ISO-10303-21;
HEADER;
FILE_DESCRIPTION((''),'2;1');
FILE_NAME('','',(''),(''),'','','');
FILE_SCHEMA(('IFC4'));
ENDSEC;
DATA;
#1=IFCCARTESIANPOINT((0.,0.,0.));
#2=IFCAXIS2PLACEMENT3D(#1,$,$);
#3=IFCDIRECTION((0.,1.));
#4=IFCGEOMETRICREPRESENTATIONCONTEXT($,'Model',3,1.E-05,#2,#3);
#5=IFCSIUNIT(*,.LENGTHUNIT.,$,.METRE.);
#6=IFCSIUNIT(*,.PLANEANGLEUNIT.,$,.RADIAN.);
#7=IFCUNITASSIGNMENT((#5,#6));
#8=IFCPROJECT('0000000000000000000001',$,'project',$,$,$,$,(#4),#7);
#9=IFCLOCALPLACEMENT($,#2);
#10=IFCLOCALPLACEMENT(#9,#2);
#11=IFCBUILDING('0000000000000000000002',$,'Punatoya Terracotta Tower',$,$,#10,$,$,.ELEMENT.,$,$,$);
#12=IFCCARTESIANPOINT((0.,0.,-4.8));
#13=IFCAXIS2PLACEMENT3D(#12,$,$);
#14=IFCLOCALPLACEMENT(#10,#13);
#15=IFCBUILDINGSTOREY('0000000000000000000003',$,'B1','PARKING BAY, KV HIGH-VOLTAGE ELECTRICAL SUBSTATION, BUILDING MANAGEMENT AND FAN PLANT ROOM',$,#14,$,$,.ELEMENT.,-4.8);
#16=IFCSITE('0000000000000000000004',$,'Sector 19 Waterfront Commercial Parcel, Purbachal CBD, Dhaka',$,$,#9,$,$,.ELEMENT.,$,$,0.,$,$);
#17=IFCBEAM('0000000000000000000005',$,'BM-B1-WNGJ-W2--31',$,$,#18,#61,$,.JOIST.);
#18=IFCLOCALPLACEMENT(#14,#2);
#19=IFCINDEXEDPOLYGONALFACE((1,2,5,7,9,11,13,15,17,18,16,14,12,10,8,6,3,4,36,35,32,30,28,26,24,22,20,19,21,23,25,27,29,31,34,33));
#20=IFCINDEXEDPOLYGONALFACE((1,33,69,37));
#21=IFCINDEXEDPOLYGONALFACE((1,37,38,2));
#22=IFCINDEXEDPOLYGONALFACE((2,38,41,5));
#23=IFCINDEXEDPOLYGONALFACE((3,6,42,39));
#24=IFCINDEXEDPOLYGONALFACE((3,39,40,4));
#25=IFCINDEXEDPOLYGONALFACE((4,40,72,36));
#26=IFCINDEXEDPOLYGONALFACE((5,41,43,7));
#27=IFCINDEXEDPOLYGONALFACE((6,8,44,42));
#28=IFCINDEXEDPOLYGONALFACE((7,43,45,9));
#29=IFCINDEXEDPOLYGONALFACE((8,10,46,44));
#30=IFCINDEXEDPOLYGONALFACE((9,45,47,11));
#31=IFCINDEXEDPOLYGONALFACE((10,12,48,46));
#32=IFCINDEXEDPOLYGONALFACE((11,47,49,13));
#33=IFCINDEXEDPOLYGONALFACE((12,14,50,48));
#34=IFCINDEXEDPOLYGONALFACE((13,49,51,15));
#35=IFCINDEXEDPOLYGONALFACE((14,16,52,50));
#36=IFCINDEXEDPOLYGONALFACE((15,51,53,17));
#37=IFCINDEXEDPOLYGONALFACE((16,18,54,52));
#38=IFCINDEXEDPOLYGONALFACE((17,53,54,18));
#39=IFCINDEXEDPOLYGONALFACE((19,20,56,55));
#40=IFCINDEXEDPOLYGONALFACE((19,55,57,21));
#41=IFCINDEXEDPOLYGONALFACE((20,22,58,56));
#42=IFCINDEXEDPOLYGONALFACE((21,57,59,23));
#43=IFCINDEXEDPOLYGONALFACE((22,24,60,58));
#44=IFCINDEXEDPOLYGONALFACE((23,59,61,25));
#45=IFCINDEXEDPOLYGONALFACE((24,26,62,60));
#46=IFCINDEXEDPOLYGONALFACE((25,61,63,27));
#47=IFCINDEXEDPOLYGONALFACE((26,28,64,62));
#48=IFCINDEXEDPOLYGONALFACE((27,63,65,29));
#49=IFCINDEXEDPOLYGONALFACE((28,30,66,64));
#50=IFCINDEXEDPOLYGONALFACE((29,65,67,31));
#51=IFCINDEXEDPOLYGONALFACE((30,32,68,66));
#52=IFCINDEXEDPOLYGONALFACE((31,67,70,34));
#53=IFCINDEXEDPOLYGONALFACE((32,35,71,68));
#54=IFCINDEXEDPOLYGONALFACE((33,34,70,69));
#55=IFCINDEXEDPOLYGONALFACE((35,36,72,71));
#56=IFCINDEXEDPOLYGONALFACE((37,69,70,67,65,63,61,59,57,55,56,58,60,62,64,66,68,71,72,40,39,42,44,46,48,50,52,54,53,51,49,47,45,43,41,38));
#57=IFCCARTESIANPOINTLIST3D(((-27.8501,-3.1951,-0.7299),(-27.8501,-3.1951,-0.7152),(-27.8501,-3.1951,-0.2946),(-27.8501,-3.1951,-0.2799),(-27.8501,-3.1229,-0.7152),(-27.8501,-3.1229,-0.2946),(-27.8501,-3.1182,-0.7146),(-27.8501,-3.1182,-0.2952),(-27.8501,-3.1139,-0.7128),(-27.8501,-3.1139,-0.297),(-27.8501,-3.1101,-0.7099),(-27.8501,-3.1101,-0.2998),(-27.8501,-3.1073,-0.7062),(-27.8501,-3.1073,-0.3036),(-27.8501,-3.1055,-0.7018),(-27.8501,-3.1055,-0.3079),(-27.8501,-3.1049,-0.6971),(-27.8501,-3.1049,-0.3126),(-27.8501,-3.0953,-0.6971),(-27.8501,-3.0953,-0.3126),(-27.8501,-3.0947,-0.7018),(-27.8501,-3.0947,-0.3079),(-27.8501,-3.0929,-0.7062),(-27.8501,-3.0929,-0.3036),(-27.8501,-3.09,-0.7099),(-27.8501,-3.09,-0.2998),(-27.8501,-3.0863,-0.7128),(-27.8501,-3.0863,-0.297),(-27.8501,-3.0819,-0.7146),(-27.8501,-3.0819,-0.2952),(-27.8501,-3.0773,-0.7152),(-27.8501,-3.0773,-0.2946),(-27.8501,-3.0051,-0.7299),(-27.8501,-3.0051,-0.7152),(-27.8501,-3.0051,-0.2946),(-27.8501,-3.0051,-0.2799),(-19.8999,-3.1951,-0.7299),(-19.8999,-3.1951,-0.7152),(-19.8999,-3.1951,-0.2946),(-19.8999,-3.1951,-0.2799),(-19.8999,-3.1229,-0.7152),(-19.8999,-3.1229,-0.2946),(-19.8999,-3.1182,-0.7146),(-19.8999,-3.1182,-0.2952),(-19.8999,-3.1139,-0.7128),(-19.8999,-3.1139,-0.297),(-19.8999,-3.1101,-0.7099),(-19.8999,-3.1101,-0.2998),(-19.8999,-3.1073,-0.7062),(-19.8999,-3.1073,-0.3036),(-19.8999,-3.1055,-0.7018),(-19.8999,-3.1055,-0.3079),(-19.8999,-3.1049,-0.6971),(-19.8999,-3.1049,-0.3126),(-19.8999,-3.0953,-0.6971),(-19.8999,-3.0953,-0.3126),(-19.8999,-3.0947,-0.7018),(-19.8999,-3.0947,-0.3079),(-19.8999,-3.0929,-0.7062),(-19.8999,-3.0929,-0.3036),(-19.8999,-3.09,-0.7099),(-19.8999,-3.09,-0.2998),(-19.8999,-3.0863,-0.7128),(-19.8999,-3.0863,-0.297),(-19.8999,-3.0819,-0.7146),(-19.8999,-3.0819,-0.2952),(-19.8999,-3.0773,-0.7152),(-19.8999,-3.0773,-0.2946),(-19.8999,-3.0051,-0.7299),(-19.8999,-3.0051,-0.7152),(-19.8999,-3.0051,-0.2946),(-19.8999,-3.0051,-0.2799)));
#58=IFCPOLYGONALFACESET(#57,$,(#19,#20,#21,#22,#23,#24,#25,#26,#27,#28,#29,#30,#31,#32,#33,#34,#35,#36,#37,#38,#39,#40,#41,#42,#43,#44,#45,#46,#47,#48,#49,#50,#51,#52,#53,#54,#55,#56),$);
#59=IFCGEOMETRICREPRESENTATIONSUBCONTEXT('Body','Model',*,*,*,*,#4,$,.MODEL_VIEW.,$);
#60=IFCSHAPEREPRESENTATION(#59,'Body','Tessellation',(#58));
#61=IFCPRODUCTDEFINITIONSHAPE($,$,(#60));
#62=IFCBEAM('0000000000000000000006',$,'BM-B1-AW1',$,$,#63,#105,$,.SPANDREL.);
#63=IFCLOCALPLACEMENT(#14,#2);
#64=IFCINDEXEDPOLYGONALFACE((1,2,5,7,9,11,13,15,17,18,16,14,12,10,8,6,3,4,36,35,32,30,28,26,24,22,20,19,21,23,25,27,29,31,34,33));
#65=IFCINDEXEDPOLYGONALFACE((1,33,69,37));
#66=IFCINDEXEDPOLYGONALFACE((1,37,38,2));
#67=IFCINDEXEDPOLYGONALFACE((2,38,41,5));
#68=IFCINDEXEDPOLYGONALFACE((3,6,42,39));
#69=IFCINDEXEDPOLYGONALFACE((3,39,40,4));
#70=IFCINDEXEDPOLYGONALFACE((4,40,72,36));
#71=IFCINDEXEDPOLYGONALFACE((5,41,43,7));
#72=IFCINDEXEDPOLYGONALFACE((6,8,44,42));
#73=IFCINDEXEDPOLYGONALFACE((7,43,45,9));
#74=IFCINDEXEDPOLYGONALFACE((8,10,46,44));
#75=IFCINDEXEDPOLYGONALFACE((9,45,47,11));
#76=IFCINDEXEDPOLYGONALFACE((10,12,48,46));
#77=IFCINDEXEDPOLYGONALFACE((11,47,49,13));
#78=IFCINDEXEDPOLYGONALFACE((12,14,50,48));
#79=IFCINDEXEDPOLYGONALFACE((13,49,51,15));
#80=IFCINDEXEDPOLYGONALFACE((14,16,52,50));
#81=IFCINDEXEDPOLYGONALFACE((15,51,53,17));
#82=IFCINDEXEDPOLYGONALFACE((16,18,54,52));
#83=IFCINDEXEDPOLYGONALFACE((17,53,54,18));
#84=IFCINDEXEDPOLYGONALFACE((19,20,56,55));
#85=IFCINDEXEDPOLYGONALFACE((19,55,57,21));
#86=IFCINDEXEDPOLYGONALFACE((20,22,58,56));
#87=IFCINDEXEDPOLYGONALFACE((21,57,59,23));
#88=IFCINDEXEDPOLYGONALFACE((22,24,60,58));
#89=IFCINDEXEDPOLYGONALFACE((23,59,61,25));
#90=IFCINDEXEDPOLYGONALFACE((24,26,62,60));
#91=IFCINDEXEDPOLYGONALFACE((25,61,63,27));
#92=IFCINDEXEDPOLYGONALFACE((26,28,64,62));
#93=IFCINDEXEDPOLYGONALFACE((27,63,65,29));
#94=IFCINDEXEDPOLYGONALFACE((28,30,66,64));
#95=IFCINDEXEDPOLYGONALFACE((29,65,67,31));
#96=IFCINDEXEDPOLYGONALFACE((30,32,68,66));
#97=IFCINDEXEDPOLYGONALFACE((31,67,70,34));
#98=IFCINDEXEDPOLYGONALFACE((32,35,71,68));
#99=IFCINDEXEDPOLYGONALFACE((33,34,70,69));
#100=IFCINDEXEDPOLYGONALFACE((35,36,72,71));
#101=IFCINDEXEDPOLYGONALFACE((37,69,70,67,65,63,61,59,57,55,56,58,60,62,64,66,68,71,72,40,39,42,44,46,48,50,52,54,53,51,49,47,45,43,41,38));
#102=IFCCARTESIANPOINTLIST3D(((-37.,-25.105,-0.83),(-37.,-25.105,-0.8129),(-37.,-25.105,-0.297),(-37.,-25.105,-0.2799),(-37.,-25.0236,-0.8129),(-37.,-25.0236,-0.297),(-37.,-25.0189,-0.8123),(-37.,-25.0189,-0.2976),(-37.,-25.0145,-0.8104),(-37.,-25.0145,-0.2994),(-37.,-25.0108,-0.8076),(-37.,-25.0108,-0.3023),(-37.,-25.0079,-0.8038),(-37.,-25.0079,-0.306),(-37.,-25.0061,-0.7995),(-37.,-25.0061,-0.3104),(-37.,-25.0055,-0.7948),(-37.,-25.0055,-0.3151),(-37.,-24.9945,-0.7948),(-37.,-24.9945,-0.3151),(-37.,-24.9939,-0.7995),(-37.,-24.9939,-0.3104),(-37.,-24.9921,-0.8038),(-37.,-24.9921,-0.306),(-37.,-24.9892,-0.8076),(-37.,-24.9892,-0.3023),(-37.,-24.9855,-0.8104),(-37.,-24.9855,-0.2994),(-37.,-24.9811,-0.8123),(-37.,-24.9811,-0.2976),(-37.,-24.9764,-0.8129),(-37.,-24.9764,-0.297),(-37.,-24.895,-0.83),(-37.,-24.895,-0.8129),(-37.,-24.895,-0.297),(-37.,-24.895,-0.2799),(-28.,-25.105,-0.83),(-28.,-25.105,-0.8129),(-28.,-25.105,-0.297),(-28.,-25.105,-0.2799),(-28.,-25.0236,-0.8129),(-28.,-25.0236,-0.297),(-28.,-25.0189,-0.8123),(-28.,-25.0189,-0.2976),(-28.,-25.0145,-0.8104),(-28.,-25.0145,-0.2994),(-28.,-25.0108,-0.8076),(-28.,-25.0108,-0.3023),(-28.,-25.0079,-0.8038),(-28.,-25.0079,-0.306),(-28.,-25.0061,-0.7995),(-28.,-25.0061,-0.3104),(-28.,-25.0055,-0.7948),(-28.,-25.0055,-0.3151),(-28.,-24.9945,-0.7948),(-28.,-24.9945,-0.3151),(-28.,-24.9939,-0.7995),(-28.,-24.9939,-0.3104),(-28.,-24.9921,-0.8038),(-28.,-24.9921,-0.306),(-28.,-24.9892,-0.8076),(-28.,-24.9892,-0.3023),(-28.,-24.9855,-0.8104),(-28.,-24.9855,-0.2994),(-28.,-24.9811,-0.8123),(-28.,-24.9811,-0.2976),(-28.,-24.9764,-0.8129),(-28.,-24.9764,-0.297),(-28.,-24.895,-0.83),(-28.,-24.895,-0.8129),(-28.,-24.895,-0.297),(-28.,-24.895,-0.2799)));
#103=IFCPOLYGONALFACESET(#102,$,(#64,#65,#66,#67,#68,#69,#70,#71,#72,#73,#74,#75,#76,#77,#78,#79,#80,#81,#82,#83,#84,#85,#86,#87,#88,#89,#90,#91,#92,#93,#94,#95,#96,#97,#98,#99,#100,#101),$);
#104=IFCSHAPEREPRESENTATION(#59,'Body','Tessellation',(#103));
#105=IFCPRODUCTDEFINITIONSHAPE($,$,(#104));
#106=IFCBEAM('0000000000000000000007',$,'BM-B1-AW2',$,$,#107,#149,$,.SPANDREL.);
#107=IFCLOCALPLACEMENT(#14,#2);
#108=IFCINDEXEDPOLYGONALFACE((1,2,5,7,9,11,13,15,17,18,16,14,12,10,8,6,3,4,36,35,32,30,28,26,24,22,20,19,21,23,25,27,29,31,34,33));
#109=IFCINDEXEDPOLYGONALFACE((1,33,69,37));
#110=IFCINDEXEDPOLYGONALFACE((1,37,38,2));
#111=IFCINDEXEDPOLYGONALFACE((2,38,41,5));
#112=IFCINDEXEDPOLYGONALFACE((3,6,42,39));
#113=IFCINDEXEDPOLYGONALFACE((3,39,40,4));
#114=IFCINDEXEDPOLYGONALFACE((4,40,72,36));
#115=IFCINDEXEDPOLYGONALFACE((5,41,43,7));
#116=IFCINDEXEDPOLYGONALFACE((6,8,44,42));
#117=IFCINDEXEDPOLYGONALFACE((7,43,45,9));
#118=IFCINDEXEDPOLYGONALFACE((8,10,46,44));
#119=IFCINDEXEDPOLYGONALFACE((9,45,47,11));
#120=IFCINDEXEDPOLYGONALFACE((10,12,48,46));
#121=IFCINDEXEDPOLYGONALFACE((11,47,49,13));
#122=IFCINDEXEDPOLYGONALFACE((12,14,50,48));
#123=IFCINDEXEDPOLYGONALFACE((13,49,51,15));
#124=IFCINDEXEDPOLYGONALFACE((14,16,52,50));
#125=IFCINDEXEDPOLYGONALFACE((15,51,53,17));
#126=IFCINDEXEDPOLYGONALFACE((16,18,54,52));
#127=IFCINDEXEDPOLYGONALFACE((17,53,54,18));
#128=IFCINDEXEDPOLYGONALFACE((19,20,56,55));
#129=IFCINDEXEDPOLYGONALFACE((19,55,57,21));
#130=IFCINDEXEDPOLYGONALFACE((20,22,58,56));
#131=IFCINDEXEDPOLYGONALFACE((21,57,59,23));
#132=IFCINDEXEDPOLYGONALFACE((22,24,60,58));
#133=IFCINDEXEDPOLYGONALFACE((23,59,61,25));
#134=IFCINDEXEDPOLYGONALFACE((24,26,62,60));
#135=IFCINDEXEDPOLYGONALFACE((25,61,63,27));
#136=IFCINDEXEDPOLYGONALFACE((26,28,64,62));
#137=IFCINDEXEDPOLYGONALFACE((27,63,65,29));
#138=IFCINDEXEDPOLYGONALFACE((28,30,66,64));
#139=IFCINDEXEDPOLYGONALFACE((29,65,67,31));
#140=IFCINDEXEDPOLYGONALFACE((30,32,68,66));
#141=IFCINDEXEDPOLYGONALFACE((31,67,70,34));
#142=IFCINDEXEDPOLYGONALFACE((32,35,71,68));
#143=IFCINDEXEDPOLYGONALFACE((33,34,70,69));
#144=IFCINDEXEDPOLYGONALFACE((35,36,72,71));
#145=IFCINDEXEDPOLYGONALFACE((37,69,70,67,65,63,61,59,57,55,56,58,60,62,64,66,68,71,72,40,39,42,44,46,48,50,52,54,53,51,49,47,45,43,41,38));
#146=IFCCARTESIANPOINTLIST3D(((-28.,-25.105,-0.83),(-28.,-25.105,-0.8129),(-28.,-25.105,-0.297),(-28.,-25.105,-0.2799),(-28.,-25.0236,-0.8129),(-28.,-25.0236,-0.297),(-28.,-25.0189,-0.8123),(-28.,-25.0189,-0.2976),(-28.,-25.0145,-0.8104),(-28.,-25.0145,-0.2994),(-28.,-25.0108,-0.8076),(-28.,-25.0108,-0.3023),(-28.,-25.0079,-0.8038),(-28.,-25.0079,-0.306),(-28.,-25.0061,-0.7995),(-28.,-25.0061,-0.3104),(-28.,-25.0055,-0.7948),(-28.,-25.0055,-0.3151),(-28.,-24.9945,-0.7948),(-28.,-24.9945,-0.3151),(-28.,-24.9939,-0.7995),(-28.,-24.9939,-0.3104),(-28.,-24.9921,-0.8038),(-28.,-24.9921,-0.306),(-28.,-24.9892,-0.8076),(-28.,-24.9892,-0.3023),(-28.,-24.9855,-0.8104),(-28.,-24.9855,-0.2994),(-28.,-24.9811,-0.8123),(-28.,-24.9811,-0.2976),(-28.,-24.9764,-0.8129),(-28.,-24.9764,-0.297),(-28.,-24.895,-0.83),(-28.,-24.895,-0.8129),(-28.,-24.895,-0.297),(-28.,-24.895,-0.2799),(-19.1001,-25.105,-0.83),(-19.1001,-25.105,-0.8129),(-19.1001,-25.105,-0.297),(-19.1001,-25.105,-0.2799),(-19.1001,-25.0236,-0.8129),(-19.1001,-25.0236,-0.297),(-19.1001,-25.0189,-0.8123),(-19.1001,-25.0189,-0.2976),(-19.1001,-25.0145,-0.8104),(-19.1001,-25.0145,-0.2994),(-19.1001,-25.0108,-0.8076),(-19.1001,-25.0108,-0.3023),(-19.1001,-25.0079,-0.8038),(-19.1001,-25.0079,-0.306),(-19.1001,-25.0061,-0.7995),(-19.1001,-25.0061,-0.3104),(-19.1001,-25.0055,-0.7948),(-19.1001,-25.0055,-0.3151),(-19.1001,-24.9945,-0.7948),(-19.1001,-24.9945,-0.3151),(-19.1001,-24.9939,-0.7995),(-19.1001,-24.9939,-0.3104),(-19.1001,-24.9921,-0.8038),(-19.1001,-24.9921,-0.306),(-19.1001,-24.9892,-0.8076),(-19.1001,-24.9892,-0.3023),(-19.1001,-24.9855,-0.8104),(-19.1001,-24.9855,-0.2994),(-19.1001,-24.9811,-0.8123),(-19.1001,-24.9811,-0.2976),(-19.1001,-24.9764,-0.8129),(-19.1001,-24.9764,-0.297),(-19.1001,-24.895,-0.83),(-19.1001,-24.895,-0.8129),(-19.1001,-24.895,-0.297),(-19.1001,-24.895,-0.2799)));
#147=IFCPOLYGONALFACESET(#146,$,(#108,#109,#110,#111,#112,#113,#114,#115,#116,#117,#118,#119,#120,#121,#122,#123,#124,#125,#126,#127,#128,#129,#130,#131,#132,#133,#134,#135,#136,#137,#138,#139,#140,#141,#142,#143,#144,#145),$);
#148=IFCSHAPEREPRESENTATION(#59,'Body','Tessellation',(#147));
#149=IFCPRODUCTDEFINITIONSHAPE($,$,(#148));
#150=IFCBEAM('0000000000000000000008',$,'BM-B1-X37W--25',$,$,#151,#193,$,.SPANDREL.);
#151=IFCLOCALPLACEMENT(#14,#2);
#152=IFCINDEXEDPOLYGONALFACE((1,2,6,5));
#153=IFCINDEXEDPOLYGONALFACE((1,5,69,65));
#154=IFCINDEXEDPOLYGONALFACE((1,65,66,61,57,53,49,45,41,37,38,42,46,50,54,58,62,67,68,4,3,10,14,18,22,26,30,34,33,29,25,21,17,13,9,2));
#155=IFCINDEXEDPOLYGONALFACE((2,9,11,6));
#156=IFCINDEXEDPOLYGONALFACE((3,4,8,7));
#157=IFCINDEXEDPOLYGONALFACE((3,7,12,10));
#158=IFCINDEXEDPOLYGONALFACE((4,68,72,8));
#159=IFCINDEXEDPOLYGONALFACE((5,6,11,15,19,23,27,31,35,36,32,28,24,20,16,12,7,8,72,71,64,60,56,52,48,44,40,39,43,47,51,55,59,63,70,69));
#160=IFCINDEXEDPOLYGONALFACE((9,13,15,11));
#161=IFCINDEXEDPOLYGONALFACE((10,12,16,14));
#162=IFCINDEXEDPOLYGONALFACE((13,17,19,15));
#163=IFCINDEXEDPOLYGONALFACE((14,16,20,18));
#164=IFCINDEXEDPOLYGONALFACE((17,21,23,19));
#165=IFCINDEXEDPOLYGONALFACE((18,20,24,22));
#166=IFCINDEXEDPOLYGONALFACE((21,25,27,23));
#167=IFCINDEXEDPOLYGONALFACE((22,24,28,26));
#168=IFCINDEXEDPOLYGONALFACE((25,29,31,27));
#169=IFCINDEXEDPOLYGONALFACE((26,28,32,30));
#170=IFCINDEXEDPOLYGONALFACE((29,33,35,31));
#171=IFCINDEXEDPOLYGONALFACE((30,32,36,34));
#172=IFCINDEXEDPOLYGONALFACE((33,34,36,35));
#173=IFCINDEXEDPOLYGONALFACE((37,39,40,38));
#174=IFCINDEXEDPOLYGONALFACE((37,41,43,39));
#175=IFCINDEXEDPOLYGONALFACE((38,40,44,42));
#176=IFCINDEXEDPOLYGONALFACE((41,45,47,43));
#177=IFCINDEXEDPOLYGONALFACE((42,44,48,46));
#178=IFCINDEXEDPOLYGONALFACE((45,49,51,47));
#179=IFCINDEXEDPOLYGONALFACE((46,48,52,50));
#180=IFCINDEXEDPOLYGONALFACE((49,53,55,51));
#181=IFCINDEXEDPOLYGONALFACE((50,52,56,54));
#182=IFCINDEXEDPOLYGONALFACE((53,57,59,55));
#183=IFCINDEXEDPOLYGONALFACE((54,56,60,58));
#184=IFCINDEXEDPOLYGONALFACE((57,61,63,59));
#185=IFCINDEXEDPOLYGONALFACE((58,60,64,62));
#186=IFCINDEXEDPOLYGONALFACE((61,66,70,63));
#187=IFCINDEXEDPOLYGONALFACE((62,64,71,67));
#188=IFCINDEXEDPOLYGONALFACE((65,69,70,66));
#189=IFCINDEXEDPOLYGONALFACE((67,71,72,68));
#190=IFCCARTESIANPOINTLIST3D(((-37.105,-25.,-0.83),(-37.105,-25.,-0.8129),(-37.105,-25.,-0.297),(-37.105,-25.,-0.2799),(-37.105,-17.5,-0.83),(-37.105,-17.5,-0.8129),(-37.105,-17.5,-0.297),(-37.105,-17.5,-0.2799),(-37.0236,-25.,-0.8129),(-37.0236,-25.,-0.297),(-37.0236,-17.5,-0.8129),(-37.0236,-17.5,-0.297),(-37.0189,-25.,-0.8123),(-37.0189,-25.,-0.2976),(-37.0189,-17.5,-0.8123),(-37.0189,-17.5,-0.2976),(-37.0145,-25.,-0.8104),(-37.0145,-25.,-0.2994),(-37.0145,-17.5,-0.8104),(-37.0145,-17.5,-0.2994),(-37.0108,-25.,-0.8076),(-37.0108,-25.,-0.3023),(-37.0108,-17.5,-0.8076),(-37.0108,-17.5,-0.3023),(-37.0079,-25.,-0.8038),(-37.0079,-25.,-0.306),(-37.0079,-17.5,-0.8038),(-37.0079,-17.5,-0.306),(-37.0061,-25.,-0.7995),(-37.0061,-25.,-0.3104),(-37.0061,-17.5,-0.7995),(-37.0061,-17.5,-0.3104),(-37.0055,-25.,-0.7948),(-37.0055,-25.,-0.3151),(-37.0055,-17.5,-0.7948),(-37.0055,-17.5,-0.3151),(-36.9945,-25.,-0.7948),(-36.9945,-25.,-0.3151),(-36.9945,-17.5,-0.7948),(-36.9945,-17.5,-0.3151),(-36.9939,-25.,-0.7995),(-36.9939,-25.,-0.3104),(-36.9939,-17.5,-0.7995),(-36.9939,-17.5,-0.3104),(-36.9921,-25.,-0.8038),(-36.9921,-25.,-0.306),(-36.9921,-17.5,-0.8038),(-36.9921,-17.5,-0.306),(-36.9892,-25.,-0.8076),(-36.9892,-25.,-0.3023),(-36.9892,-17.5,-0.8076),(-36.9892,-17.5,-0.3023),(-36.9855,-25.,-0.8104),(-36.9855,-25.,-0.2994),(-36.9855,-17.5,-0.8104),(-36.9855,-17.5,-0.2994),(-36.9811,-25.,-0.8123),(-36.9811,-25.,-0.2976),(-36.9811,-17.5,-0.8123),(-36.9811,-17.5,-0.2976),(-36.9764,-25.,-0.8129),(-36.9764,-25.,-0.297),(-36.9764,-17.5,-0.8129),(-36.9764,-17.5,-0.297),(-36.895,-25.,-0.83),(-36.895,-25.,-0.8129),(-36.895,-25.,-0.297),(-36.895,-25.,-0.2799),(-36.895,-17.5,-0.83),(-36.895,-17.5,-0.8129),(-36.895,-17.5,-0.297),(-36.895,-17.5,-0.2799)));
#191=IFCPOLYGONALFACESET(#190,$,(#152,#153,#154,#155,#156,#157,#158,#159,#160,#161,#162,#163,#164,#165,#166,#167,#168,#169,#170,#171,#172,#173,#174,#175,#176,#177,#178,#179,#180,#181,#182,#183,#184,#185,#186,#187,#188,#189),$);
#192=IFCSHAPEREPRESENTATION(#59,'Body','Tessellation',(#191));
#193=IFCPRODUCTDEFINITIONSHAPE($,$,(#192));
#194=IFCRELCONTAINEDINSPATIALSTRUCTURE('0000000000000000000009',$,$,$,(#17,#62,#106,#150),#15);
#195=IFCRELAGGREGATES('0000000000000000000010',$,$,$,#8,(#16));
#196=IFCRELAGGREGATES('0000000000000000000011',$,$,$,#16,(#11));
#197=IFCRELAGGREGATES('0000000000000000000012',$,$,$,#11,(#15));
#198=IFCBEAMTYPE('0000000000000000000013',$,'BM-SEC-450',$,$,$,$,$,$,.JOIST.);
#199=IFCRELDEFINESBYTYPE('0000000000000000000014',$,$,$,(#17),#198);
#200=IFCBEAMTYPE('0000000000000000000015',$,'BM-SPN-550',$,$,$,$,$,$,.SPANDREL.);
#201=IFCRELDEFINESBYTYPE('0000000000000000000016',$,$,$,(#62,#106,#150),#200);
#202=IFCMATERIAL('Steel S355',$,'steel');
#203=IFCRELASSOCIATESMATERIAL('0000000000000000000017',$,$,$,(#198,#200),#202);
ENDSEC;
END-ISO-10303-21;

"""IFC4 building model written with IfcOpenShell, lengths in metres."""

from ifc_helpers import new_model, si_unit, direction, frame, origin, origin_2d, place, context, subcontext, project, spatial, i_section, extrude, material, material_profile, profile_set, type_object, element, save


model = new_model("IFC4")

# Units and contexts
model_context = context("Model", 3, precision=1e-05, world=origin(), true_north=direction((0.0, 1.0)))
body_context = subcontext(model_context, "Body", "Model", "MODEL_VIEW")
ifc_project = project(units=[si_unit("LENGTHUNIT", "METRE"), si_unit("PLANEANGLEUNIT", "RADIAN")], contexts=[model_context])

# Site, building, storey
site_placement = place(None, origin())
site = spatial("IfcSite", under=ifc_project, at=site_placement, Name="Sector 19 Waterfront Commercial Parcel, Purbachal CBD, Dhaka", CompositionType="ELEMENT", RefElevation=0.0)
building_placement = place(site_placement, origin())
building = spatial("IfcBuilding", under=site, at=building_placement, Name="Punatoya Terracotta Tower", CompositionType="ELEMENT")
storey_placement = place(building_placement, frame((0.0, 0.0, -4.8)))
storey = spatial("IfcBuildingStorey", under=building, at=storey_placement, Name="B1", Description="PARKING BAY, KV HIGH-VOLTAGE ELECTRICAL SUBSTATION, BUILDING MANAGEMENT AND FAN PLANT ROOM", CompositionType="ELEMENT", Elevation=-4.8)

# Beams
ifc_material_1 = material(Name="Steel S355", Category="steel")
ifc_material_profile_1 = material_profile(ifc_material_1, i_section(OverallWidth=0.1899, OverallDepth=0.45, WebThickness=0.0095, FlangeThickness=0.0146, FilletRadius=0.0181, at=origin_2d()))
ifc_profile_set_1 = profile_set([ifc_material_profile_1], Name="Steel S355")
beam_type_1 = type_object("IfcBeamType", Name="BM-SEC-450", PredefinedType="JOIST", material=ifc_profile_set_1)
beam_1_placement = place(storey_placement, frame((-27.8501, -3.1001, -0.5049), z_axis=(1.0, 0.0, 0.0), x_axis=(0.0, 1.0, 0.0)))
element("IfcBeam", 1, at=beam_1_placement, inside=storey, type_object=beam_type_1, Name="BM-B1-WNGJ-W2--31", PredefinedType="JOIST", context=body_context, shape_type="SweptSolid", body=[
    extrude(i_section(OverallWidth=0.1899, OverallDepth=0.45, WebThickness=0.0095, FlangeThickness=0.0146, FilletRadius=0.0181, at=origin_2d()), origin(), (0.0, 0.0, 1.0), 7.9502),
])
ifc_material_profile_2 = material_profile(ifc_material_1, i_section(OverallWidth=0.21, OverallDepth=0.55, WebThickness=0.011, FlangeThickness=0.0171, FilletRadius=0.0181, at=origin_2d()))
ifc_profile_set_2 = profile_set([ifc_material_profile_2], Name="Steel S355")
beam_type_2 = type_object("IfcBeamType", Name="BM-SPN-550", PredefinedType="SPANDREL", material=ifc_profile_set_2)
beam_2_placement = place(storey_placement, frame((-37.0, -25.0, -0.5549), z_axis=(1.0, 0.0, 0.0), x_axis=(0.0, 1.0, 0.0)))
element("IfcBeam", 2, at=beam_2_placement, inside=storey, type_object=beam_type_2, Name="BM-B1-AW1", PredefinedType="SPANDREL", context=body_context, shape_type="SweptSolid", body=[
    extrude(i_section(OverallWidth=0.21, OverallDepth=0.55, WebThickness=0.011, FlangeThickness=0.0171, FilletRadius=0.0181, at=origin_2d()), origin(), (0.0, 0.0, 1.0), 9.0),
])
beam_3_placement = place(storey_placement, frame((-28.0, -25.0, -0.5549), z_axis=(1.0, 0.0, 0.0), x_axis=(0.0, 1.0, 0.0)))
element("IfcBeam", 3, at=beam_3_placement, inside=storey, type_object=beam_type_2, Name="BM-B1-AW2", PredefinedType="SPANDREL", context=body_context, shape_type="SweptSolid", body=[
    extrude(i_section(OverallWidth=0.21, OverallDepth=0.55, WebThickness=0.011, FlangeThickness=0.0171, FilletRadius=0.0181, at=origin_2d()), origin(), (0.0, 0.0, 1.0), 8.8999),
])
beam_4_placement = place(storey_placement, frame((-37.0, -25.0, -0.5549), z_axis=(0.0, 1.0, 0.0), x_axis=(-1.0, 0.0, 0.0)))
element("IfcBeam", 4, at=beam_4_placement, inside=storey, type_object=beam_type_2, Name="BM-B1-X37W--25", PredefinedType="SPANDREL", context=body_context, shape_type="SweptSolid", body=[
    extrude(i_section(OverallWidth=0.21, OverallDepth=0.55, WebThickness=0.011, FlangeThickness=0.0171, FilletRadius=0.0181, at=origin_2d()), origin(), (0.0, 0.0, 1.0), 7.5),
])

save(model, "model.ifc")
